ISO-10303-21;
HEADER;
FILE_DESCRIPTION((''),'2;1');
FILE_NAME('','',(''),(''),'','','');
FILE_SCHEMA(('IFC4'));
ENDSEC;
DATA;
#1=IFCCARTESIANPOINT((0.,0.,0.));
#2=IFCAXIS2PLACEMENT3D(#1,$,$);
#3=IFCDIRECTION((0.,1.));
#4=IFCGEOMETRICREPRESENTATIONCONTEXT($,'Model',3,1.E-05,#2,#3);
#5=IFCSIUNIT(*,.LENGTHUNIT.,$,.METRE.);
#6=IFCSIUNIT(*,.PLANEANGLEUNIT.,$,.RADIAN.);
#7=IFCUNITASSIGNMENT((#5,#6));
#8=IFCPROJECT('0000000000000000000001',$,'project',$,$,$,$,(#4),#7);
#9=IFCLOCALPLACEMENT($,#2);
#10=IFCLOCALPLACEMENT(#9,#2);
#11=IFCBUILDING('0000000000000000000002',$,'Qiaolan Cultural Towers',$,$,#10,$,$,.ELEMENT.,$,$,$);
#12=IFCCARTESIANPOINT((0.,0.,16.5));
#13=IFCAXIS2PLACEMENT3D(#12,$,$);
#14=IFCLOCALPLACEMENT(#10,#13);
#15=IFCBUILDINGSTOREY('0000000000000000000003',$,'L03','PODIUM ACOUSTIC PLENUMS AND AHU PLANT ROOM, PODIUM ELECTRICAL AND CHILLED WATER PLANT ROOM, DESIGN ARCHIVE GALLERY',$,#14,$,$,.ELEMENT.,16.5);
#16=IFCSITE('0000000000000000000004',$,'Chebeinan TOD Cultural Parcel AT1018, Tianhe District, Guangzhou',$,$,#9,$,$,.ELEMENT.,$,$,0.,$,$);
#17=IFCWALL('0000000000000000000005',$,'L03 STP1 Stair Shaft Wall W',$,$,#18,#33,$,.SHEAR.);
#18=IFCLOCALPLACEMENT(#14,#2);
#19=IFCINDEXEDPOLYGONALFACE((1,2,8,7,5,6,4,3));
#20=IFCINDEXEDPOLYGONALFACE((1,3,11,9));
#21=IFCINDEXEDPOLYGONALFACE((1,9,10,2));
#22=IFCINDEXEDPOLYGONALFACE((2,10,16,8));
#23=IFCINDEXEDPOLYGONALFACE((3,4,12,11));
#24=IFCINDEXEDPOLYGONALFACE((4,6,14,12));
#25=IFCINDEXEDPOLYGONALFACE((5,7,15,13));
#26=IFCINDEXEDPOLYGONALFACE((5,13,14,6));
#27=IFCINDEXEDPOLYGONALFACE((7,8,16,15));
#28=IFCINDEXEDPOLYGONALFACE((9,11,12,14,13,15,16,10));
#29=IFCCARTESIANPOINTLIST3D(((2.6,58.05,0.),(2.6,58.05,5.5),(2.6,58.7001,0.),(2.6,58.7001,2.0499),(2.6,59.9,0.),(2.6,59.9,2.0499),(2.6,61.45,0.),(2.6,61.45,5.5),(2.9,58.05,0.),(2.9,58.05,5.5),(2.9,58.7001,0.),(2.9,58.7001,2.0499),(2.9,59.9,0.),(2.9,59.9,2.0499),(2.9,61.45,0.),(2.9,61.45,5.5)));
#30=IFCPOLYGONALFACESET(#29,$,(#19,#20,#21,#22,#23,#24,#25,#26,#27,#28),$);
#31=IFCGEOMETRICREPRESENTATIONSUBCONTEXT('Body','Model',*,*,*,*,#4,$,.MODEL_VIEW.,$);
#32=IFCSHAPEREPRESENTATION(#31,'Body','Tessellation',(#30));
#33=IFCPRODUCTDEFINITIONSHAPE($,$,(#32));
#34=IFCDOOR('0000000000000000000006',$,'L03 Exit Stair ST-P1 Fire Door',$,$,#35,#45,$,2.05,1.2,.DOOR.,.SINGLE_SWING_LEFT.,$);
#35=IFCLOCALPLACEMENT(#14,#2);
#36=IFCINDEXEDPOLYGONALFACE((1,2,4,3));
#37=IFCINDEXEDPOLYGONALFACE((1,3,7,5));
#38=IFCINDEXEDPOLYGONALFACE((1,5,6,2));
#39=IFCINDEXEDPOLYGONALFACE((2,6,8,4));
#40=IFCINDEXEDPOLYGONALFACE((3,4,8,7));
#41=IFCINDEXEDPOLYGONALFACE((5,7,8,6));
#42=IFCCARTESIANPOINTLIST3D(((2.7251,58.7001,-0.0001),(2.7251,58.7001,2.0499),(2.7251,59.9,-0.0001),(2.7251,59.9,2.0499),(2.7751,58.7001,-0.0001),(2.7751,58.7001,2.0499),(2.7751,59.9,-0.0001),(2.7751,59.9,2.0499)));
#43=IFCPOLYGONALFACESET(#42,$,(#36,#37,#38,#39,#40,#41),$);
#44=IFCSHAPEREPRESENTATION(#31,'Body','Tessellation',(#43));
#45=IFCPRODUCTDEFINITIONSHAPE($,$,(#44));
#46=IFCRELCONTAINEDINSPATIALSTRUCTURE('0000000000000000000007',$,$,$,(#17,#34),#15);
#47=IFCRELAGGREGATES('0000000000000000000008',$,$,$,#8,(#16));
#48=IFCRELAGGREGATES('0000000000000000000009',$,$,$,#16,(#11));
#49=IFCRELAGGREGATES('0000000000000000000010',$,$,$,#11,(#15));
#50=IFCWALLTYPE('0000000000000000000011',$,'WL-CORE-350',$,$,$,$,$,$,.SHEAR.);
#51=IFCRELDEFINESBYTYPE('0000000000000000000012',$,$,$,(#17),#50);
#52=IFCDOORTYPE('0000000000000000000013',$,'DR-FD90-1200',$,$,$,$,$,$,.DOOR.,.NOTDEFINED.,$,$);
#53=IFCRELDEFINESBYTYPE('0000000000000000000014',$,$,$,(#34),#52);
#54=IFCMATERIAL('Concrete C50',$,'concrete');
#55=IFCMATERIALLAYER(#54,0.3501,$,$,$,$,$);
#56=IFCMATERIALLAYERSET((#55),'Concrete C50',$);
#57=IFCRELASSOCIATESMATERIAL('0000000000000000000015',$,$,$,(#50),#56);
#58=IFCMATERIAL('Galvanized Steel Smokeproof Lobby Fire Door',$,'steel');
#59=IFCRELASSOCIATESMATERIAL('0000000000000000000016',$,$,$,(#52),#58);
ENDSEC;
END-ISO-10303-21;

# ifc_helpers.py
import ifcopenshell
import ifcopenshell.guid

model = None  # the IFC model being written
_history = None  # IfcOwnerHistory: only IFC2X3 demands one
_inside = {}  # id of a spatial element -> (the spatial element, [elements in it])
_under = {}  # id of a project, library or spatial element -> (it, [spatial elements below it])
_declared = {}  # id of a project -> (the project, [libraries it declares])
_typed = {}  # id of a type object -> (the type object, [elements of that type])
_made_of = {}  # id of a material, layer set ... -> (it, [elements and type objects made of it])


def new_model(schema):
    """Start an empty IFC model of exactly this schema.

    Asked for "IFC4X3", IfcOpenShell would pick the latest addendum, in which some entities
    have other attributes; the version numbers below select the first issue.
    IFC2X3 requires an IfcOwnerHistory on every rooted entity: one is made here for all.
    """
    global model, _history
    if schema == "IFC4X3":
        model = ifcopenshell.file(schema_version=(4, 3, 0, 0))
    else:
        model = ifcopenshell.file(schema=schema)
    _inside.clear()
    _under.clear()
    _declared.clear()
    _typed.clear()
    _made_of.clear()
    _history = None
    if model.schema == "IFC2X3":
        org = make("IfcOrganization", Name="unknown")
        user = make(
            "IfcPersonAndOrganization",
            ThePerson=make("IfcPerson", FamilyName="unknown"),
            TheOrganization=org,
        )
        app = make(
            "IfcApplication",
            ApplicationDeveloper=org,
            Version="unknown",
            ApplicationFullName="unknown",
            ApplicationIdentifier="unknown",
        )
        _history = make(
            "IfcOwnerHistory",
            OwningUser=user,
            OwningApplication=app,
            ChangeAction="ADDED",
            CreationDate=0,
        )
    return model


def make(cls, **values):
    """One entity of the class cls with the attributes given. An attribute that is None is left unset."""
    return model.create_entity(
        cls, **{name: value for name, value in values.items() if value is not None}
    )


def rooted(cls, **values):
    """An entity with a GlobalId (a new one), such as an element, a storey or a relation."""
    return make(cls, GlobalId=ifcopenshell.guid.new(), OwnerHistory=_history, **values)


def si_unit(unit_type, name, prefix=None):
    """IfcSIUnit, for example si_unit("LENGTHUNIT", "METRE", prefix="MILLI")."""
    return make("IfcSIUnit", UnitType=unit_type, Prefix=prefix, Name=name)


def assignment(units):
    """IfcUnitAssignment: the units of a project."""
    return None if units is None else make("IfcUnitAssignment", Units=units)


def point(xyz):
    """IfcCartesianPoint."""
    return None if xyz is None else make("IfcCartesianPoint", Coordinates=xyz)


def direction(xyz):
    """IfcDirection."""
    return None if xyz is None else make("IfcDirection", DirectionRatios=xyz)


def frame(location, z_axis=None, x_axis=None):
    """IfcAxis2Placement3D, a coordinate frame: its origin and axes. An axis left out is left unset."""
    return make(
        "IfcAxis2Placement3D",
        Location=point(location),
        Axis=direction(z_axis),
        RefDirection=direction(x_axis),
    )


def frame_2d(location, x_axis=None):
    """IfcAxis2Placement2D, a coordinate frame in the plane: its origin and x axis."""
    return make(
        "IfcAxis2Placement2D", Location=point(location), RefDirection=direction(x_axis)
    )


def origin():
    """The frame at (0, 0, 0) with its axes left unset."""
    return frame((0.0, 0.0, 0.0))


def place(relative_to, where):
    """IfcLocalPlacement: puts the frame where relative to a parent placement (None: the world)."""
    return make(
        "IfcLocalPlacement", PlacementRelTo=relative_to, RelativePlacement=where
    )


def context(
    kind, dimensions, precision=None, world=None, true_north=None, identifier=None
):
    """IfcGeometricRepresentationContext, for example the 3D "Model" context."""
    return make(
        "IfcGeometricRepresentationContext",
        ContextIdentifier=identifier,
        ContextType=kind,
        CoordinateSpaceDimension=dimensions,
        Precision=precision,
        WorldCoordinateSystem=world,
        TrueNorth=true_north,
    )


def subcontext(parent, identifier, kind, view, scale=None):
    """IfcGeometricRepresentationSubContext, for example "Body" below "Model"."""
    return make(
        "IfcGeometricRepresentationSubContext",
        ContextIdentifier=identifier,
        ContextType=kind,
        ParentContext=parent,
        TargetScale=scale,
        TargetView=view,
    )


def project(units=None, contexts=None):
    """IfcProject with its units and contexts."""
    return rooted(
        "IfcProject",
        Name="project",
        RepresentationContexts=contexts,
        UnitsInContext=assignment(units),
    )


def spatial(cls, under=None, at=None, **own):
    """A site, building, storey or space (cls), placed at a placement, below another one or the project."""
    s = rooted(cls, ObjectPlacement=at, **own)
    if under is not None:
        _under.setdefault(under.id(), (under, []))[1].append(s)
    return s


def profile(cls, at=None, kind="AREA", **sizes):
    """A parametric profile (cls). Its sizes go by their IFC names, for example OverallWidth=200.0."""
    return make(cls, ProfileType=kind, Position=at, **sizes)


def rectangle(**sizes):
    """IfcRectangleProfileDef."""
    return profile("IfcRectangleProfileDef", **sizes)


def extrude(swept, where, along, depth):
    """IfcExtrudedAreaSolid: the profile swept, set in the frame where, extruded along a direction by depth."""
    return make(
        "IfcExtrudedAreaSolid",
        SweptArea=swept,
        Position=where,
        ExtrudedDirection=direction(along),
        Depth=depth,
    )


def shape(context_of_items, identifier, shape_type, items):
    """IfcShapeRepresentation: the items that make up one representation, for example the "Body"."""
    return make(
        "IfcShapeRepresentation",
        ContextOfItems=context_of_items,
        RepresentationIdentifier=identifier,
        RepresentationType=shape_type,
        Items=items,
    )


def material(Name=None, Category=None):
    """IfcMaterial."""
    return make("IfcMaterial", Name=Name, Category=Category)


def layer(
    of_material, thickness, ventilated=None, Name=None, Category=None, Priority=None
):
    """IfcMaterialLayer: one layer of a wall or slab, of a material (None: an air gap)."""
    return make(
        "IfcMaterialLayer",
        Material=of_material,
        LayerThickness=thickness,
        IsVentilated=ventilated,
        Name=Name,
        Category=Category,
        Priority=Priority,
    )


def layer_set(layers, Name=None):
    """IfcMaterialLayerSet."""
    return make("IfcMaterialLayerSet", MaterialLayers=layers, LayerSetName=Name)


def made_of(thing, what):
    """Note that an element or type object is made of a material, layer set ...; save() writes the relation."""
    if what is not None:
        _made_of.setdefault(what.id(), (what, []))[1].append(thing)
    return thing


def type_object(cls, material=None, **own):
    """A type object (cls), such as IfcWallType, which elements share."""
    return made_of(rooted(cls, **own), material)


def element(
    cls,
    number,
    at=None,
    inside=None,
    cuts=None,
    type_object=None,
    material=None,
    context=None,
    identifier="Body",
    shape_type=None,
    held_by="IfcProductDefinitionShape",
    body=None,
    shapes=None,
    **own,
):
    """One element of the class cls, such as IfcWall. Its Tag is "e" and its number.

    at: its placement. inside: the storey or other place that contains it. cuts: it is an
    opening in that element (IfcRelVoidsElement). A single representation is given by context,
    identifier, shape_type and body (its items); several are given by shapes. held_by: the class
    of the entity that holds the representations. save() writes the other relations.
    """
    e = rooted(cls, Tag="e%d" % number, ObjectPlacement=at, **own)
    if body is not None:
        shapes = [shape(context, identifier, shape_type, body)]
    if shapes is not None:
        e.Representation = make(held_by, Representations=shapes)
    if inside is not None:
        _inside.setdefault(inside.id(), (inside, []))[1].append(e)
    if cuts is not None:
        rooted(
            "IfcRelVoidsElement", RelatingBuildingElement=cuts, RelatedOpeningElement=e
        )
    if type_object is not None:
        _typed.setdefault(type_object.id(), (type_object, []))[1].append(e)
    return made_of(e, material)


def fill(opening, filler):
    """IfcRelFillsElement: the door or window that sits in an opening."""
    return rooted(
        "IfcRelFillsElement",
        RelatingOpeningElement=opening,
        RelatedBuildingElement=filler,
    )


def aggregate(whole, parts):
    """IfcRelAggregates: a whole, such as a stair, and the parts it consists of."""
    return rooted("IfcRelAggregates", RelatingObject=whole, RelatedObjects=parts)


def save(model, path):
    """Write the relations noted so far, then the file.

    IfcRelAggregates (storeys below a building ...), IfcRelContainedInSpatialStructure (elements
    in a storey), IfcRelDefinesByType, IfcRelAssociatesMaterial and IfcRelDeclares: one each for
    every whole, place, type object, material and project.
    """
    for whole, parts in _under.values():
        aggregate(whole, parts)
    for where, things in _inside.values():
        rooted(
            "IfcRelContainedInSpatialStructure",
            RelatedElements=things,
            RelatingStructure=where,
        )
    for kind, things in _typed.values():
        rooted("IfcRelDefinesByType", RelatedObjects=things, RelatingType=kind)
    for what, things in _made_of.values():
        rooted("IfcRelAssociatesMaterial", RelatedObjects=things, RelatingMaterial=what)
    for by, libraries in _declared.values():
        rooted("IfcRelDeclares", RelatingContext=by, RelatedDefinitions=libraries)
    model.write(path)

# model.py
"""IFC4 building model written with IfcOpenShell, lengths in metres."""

from ifc_helpers import new_model, si_unit, direction, frame, frame_2d, origin, place, context, subcontext, project, spatial, rectangle, extrude, material, layer, layer_set, type_object, element, fill, save


model = new_model("IFC4")

# Units and contexts
model_context = context("Model", 3, precision=1e-05, world=origin(), true_north=direction((0.0, 1.0)))
body_context = subcontext(model_context, "Body", "Model", "MODEL_VIEW")
ifc_project = project(units=[si_unit("LENGTHUNIT", "METRE"), si_unit("PLANEANGLEUNIT", "RADIAN")], contexts=[model_context])

# Site, building, storey
site_placement = place(None, origin())
site = spatial("IfcSite", under=ifc_project, at=site_placement, Name="Chebeinan TOD Cultural Parcel AT1018, Tianhe District, Guangzhou", CompositionType="ELEMENT", RefElevation=0.0)
building_placement = place(site_placement, origin())
building = spatial("IfcBuilding", under=site, at=building_placement, Name="Qiaolan Cultural Towers", CompositionType="ELEMENT")
storey_placement = place(building_placement, frame((0.0, 0.0, 16.5)))
storey = spatial("IfcBuildingStorey", under=building, at=storey_placement, Name="L03", Description="PODIUM ACOUSTIC PLENUMS AND AHU PLANT ROOM, PODIUM ELECTRICAL AND CHILLED WATER PLANT ROOM, DESIGN ARCHIVE GALLERY", CompositionType="ELEMENT", Elevation=16.5)

# Shared definitions
ifc_material_1 = material(Name="Concrete C50", Category="concrete")
ifc_layer_1 = layer(ifc_material_1, 0.3501)
ifc_layer_set_1 = layer_set([ifc_layer_1], Name="Concrete C50")
wall_type_1 = type_object("IfcWallType", Name="WL-CORE-350", PredefinedType="SHEAR", material=ifc_layer_set_1)

# Wall, opening, door
wall_1_placement = place(storey_placement, frame((2.75, 58.05, 0.0), z_axis=(0.0, 0.0, 1.0), x_axis=(0.0, 1.0, 0.0)))
wall_1 = element("IfcWall", 1, at=wall_1_placement, inside=storey, type_object=wall_type_1, Name="L03 STP1 Stair Shaft Wall W", PredefinedType="SHEAR", context=body_context, shape_type="SweptSolid", body=[
    extrude(rectangle(XDim=3.3999, YDim=0.3, at=frame_2d((1.7, 0.0))), origin(), (0.0, 0.0, 1.0), 5.5),
])
opening_1_placement = place(wall_1_placement, frame((0.6499, 0.0, 0.0)))
opening_1 = element("IfcOpeningElement", 2, at=opening_1_placement, cuts=wall_1, PredefinedType="OPENING", context=body_context, shape_type="SweptSolid", body=[
    extrude(rectangle(XDim=1.2, YDim=2.05, at=frame_2d((0.6001, 1.0249))), frame((0.0, 0.1599, 0.0), z_axis=(0.0, -1.0, 0.0), x_axis=(1.0, 0.0, 0.0)), (0.0, 0.0, 1.0), 0.3201),
])
ifc_material_2 = material(Name="Galvanized Steel Smokeproof Lobby Fire Door", Category="steel")
door_type = type_object("IfcDoorType", Name="DR-FD90-1200", OperationType="NOTDEFINED", PredefinedType="DOOR", material=ifc_material_2)
door_placement = place(opening_1_placement, origin())
door = element("IfcDoor", 3, at=door_placement, inside=storey, type_object=door_type, Name="L03 Exit Stair ST-P1 Fire Door", OperationType="SINGLE_SWING_LEFT", OverallHeight=2.05, OverallWidth=1.2, PredefinedType="DOOR", context=body_context, shape_type="SweptSolid", body=[
    extrude(rectangle(XDim=1.2, YDim=2.05, at=frame_2d((0.6001, 1.0249))), frame((0.0, 0.0249, 0.0), z_axis=(0.0, -1.0, 0.0), x_axis=(1.0, 0.0, 0.0)), (0.0, 0.0, 1.0), 0.05),
])
fill(opening_1, door)

save(model, "model.ifc")
